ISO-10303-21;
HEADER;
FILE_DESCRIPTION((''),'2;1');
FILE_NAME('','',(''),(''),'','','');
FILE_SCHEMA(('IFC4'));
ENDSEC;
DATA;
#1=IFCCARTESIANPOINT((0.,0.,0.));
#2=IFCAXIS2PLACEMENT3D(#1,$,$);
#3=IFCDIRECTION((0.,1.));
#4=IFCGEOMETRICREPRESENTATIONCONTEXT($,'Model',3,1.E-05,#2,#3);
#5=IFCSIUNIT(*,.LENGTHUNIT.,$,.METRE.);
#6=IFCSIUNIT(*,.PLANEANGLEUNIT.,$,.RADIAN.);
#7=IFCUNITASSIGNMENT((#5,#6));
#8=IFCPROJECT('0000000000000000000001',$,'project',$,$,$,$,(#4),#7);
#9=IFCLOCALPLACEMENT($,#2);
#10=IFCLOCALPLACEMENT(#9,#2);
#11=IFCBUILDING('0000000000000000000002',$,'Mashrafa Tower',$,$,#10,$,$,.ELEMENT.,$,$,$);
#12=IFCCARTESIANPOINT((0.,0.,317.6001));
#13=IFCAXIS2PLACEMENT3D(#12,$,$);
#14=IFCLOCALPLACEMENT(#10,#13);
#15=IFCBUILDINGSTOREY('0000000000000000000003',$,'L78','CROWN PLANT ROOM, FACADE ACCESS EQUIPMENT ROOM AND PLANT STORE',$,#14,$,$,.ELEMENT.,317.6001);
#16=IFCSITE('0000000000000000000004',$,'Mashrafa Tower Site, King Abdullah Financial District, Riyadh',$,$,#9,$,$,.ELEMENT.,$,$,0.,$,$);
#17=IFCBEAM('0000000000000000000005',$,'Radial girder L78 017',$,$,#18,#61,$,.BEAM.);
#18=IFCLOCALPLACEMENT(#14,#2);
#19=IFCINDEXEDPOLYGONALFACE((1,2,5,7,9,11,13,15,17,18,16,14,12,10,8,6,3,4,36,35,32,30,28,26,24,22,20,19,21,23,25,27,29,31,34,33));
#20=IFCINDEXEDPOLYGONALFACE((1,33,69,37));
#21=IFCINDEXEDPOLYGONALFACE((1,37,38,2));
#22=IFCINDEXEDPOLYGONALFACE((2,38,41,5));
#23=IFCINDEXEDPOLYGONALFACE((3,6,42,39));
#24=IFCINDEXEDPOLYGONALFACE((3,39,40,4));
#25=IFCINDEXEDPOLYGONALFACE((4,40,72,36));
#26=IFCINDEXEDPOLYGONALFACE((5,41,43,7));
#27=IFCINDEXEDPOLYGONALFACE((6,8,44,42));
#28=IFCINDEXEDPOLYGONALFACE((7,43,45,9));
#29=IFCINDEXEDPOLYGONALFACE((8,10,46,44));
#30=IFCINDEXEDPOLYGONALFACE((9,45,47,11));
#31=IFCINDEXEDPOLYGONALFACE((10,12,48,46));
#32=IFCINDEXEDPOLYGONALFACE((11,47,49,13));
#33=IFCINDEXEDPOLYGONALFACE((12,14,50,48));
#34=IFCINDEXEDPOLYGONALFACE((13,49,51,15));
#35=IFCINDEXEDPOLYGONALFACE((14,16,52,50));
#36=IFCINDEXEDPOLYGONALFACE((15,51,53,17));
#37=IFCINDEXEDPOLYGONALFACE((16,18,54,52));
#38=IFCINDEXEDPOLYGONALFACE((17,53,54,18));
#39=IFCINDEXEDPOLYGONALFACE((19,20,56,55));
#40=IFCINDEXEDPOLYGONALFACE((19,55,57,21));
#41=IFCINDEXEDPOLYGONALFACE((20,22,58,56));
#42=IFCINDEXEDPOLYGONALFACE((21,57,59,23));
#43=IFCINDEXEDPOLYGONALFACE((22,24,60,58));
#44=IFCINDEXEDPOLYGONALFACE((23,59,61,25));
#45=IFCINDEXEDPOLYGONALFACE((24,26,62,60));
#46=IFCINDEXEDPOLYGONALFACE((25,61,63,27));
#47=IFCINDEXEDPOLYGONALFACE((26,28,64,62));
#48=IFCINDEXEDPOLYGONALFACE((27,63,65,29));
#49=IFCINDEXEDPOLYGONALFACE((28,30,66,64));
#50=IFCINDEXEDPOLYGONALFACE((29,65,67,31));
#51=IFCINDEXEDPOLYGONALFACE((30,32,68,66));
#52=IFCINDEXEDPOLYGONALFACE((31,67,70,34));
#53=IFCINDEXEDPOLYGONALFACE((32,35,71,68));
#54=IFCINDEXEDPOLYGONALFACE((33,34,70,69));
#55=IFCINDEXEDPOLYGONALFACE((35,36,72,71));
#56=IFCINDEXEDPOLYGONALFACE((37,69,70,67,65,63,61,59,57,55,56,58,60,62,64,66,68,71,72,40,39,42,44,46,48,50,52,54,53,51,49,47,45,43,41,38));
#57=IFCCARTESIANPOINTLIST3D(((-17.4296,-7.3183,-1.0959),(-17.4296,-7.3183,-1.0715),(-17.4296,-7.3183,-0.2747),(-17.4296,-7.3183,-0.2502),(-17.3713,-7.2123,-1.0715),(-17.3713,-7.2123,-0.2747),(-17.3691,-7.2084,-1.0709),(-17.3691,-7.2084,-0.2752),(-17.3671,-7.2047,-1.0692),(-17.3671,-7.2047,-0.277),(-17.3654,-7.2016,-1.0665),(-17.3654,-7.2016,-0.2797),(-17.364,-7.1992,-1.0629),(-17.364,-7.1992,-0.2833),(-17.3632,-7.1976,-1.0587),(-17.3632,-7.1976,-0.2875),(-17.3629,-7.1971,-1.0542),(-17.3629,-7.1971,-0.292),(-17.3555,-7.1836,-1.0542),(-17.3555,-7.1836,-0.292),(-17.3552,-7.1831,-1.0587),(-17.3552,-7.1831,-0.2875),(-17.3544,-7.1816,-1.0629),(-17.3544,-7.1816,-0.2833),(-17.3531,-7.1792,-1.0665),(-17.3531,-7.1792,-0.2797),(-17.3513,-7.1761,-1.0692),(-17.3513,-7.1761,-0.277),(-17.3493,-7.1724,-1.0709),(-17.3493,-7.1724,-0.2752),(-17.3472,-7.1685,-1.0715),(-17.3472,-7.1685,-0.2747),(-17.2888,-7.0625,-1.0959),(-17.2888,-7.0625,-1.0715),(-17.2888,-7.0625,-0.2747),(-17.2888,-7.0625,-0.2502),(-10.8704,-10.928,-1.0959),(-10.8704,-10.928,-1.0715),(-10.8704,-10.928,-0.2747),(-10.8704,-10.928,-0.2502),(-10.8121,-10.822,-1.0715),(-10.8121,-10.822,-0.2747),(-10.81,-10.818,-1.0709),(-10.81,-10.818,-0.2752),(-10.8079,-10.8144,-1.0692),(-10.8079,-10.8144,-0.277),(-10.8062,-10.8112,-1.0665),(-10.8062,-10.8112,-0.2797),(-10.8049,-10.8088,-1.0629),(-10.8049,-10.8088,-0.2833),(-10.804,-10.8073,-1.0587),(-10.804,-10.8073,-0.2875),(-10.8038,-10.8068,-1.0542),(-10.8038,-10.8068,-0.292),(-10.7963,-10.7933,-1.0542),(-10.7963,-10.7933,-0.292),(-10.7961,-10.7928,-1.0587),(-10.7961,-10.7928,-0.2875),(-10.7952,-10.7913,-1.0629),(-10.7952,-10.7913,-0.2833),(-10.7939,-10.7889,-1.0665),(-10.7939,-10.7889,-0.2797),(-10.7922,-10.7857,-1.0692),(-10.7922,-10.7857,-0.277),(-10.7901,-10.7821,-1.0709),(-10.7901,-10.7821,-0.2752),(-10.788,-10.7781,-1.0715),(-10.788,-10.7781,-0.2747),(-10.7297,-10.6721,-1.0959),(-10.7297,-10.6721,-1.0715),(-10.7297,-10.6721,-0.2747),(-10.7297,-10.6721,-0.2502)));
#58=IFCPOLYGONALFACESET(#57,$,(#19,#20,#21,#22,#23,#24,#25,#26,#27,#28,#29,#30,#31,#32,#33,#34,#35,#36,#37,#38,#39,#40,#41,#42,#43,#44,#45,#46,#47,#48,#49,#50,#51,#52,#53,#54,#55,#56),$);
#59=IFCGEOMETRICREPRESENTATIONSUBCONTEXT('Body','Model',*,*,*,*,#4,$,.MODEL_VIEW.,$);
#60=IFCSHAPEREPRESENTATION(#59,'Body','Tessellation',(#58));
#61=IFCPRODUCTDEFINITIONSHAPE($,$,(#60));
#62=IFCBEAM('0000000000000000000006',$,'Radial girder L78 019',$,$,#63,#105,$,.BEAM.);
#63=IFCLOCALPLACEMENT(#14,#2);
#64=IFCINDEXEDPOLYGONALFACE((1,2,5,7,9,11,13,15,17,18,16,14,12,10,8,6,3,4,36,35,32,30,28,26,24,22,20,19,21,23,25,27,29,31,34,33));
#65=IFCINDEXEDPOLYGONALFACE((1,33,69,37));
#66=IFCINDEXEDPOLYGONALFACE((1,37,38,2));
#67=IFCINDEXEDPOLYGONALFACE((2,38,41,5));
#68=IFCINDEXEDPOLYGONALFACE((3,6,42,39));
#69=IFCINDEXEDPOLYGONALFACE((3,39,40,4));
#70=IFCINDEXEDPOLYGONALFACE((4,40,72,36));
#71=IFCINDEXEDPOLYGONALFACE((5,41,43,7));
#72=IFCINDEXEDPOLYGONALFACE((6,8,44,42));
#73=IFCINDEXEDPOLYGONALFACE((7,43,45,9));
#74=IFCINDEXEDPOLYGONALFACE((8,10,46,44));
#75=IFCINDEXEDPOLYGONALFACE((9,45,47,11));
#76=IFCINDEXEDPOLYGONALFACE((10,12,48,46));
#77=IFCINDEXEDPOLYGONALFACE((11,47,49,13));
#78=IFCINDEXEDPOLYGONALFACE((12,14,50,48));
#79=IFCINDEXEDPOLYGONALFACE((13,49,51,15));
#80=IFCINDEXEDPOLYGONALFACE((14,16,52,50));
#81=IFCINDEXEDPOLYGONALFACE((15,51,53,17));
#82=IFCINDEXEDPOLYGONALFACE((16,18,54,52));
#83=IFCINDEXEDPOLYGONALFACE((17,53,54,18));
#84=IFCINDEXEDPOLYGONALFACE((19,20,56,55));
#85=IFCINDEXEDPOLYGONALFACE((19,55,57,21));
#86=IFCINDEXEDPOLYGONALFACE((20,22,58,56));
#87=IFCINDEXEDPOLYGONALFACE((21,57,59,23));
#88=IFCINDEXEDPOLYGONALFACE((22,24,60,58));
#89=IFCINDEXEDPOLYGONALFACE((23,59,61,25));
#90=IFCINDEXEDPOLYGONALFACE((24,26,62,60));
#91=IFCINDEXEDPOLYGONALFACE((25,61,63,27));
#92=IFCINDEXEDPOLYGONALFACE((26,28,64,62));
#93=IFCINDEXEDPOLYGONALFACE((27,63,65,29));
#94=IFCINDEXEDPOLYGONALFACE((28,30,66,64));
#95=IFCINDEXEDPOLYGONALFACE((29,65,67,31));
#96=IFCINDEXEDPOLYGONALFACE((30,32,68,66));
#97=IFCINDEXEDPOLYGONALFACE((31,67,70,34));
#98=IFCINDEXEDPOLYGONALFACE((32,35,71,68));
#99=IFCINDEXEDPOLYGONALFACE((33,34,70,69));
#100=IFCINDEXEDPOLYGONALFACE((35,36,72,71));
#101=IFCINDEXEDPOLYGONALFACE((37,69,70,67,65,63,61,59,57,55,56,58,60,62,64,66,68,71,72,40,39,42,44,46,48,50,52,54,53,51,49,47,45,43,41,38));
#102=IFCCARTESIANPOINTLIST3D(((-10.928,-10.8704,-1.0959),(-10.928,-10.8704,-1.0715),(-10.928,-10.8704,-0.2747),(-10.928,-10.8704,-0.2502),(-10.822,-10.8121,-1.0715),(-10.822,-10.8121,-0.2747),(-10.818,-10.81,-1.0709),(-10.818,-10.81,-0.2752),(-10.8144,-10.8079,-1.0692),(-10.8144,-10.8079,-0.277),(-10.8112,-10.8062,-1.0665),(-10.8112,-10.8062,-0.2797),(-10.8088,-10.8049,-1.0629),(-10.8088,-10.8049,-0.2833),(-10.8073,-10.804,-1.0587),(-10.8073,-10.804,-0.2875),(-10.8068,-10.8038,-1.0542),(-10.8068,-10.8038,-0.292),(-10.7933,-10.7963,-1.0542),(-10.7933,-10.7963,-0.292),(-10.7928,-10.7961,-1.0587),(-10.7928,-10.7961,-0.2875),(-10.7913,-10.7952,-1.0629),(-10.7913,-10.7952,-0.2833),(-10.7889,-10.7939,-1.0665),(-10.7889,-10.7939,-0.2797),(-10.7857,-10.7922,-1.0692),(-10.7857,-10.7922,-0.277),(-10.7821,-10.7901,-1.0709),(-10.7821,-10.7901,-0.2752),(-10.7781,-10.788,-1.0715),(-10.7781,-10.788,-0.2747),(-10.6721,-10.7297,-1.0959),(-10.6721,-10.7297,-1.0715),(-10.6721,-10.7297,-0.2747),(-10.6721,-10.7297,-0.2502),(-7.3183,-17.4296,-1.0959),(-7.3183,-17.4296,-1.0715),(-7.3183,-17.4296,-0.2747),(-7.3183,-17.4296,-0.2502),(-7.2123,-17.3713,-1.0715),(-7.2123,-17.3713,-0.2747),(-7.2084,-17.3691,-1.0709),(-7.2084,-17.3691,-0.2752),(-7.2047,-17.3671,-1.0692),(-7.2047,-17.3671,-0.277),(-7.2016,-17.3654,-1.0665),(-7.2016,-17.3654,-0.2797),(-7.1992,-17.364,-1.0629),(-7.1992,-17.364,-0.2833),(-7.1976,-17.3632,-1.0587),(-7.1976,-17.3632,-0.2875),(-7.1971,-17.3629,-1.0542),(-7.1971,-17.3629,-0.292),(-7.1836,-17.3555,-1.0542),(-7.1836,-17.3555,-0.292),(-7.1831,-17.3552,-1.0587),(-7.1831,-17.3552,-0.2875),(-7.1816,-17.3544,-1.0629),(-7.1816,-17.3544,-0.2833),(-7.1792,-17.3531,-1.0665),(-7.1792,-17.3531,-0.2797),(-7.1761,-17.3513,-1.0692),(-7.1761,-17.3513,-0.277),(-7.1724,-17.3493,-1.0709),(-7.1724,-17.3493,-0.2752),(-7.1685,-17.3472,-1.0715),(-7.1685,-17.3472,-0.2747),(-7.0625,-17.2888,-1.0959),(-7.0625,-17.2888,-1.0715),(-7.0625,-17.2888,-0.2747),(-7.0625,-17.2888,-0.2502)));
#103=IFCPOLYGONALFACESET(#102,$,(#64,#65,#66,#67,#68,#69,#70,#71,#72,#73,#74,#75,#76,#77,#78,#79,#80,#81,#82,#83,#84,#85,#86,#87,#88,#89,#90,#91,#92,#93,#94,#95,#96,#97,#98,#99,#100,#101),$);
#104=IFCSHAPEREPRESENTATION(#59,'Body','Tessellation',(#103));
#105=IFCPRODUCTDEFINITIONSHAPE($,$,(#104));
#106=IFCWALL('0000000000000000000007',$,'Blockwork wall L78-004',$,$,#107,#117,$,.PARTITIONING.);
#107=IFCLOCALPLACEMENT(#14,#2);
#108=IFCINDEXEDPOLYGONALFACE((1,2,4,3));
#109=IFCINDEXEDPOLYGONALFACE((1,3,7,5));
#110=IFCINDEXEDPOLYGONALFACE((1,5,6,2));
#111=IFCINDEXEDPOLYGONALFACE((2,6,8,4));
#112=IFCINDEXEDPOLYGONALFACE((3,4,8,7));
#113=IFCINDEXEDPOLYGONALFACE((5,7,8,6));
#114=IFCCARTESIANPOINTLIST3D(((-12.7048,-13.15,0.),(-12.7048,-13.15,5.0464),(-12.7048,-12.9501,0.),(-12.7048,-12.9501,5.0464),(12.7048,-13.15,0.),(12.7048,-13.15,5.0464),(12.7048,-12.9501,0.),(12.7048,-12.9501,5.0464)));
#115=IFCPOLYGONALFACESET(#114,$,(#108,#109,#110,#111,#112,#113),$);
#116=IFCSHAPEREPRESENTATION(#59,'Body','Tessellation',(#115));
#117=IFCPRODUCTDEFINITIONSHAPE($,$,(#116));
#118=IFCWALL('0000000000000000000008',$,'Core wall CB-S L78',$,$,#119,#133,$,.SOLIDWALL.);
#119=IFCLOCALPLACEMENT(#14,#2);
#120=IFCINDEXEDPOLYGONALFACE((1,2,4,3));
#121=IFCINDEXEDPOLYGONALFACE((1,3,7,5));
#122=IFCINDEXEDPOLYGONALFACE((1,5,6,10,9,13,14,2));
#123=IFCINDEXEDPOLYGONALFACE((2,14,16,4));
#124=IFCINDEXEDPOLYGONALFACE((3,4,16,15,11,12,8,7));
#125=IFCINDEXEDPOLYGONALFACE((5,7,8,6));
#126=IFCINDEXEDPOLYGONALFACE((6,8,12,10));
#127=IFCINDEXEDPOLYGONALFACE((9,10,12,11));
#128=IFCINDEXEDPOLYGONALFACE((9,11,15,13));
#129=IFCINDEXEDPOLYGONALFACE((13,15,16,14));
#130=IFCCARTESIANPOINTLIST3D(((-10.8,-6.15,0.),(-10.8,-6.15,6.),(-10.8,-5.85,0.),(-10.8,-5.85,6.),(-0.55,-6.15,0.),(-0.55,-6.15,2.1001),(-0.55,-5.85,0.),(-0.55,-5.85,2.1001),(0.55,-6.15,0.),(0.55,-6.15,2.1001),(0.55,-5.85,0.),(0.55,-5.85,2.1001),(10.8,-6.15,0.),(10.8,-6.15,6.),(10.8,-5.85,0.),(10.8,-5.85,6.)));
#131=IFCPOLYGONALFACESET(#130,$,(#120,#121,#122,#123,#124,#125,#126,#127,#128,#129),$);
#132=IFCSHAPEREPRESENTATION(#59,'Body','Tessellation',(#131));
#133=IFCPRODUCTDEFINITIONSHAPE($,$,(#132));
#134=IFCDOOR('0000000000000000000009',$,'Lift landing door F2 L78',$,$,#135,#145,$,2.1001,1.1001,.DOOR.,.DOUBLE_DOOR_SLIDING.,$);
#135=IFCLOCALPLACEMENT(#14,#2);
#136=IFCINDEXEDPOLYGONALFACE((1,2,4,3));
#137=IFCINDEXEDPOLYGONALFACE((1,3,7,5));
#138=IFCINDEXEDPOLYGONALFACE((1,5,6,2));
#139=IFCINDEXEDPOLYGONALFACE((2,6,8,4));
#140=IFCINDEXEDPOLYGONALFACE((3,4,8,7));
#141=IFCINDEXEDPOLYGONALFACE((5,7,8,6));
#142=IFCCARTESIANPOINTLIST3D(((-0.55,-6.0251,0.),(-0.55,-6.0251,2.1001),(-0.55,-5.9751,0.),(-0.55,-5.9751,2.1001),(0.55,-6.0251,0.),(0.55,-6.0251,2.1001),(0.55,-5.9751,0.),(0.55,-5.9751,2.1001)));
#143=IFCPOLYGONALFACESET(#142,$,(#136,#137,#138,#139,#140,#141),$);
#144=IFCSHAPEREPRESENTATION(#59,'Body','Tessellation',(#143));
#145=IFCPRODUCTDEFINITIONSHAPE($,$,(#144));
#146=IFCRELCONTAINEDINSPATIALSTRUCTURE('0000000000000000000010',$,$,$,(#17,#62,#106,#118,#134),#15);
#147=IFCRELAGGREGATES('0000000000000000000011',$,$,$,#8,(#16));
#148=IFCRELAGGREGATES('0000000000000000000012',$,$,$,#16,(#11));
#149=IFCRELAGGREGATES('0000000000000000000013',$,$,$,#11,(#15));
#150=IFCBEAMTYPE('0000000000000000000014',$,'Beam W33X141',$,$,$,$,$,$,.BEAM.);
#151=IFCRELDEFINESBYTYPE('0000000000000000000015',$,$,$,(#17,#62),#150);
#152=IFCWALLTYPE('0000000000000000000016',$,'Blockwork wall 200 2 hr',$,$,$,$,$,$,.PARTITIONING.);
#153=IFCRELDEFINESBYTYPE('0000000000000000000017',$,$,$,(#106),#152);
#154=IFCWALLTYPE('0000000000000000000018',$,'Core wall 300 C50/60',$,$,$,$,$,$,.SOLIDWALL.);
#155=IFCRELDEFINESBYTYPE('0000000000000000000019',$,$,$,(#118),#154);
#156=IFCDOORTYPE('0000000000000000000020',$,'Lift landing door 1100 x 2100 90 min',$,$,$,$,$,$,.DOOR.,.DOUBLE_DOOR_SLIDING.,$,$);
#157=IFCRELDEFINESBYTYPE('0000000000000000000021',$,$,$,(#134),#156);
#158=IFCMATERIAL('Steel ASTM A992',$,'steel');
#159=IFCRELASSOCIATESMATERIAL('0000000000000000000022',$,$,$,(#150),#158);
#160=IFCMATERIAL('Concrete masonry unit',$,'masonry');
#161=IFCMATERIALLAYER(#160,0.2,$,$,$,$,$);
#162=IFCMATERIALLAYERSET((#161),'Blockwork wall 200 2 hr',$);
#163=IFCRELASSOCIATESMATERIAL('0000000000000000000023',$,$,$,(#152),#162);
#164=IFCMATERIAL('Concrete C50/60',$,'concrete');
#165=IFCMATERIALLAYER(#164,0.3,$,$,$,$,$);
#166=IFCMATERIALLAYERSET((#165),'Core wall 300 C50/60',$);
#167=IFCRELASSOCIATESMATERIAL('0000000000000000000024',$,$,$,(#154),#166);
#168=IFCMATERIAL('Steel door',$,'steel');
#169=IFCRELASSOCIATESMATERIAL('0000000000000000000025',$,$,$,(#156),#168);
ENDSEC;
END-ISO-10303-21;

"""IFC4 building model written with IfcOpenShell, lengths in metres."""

from ifc_helpers import new_model, si_unit, direction, frame, frame_2d, origin, origin_2d, place, context, subcontext, project, spatial, rectangle, i_section, extrude, material, layer, layer_set, material_profile, profile_set, type_object, element, fill, save


model = new_model("IFC4")

# Units and contexts
model_context = context("Model", 3, precision=1e-05, world=origin(), true_north=direction((0.0, 1.0)))
body_context = subcontext(model_context, "Body", "Model", "MODEL_VIEW")
ifc_project = project(units=[si_unit("LENGTHUNIT", "METRE"), si_unit("PLANEANGLEUNIT", "RADIAN")], contexts=[model_context])

# Site, building, storey
site_placement = place(None, origin())
site = spatial("IfcSite", under=ifc_project, at=site_placement, Name="Mashrafa Tower Site, King Abdullah Financial District, Riyadh", CompositionType="ELEMENT", RefElevation=0.0)
building_placement = place(site_placement, origin())
building = spatial("IfcBuilding", under=site, at=building_placement, Name="Mashrafa Tower", CompositionType="ELEMENT")
storey_placement = place(building_placement, frame((0.0, 0.0, 317.6001)))
storey = spatial("IfcBuildingStorey", under=building, at=storey_placement, Name="L78", Description="CROWN PLANT ROOM, FACADE ACCESS EQUIPMENT ROOM AND PLANT STORE", CompositionType="ELEMENT", Elevation=317.6001)

# Beams
ifc_material_1 = material(Name="Steel ASTM A992", Category="steel")
ifc_material_profile_1 = material_profile(ifc_material_1, i_section(OverallWidth=0.292, OverallDepth=0.8457, WebThickness=0.0154, FlangeThickness=0.0244, FilletRadius=0.0173, at=origin_2d()), Name="W33X141")
ifc_profile_set_1 = profile_set([ifc_material_profile_1], Name="Steel ASTM A992")
beam_type_1 = type_object("IfcBeamType", Name="Beam W33X141", PredefinedType="BEAM", material=ifc_profile_set_1)
for number, where, z_axis, x_axis, name in (
    (1, (-10.8, -10.8, -0.6731), (-0.876096, 0.482137, 0.0), (-0.482137, -0.876096, 0.0), "Radial girder L78 017"),
    (2, (-10.8, -10.8, -0.6731), (0.482137, -0.876096, 0.0), (0.876096, 0.482137, 0.0), "Radial girder L78 019"),
):
    element("IfcBeam", number, at=place(storey_placement, frame(where, z_axis=z_axis, x_axis=x_axis)), inside=storey, type_object=beam_type_1, Name=name, PredefinedType="BEAM", context=body_context, shape_type="SweptSolid", body=[
        extrude(i_section(OverallWidth=0.292, OverallDepth=0.8457, WebThickness=0.0154, FlangeThickness=0.0244, FilletRadius=0.0173, at=origin_2d()), origin(), (0.0, 0.0, 1.0), 7.4868),
    ])

# Wall
ifc_material_2 = material(Name="Concrete masonry unit", Category="masonry")
ifc_layer_1 = layer(ifc_material_2, 0.2)
ifc_layer_set_1 = layer_set([ifc_layer_1], Name="Blockwork wall 200 2 hr")
wall_type_1 = type_object("IfcWallType", Name="Blockwork wall 200 2 hr", PredefinedType="PARTITIONING", material=ifc_layer_set_1)
wall_1_placement = place(storey_placement, frame((-12.7048, -13.05, 0.0), z_axis=(0.0, 0.0, 1.0), x_axis=(1.0, 0.0, 0.0)))
element("IfcWall", 3, at=wall_1_placement, inside=storey, type_object=wall_type_1, Name="Blockwork wall L78-004", PredefinedType="PARTITIONING", context=body_context, shape_type="SweptSolid", body=[
    extrude(rectangle(XDim=25.4097, YDim=0.2, at=frame_2d((12.7048, 0.0))), origin(), (0.0, 0.0, 1.0), 5.0464),
])

# Wall, opening, door
ifc_material_3 = material(Name="Concrete C50/60", Category="concrete")
ifc_layer_2 = layer(ifc_material_3, 0.3)
ifc_layer_set_2 = layer_set([ifc_layer_2], Name="Core wall 300 C50/60")
wall_type_2 = type_object("IfcWallType", Name="Core wall 300 C50/60", PredefinedType="SOLIDWALL", material=ifc_layer_set_2)
wall_2_placement = place(storey_placement, frame((-10.8, -6.0, 0.0), z_axis=(0.0, 0.0, 1.0), x_axis=(1.0, 0.0, 0.0)))
wall_2 = element("IfcWall", 4, at=wall_2_placement, inside=storey, type_object=wall_type_2, Name="Core wall CB-S L78", PredefinedType="SOLIDWALL", context=body_context, shape_type="SweptSolid", body=[
    extrude(rectangle(XDim=21.6001, YDim=0.3, at=frame_2d((10.8, 0.0))), origin(), (0.0, 0.0, 1.0), 6.0),
])
opening_1_placement = place(wall_2_placement, frame((10.25, 0.0, 0.0)))
opening_1 = element("IfcOpeningElement", 5, at=opening_1_placement, cuts=wall_2, PredefinedType="OPENING", context=body_context, shape_type="SweptSolid", body=[
    extrude(rectangle(XDim=1.1001, YDim=2.1001, at=frame_2d((0.55, 1.05))), frame((0.0, 0.1599, 0.0), z_axis=(0.0, -1.0, 0.0), x_axis=(1.0, 0.0, 0.0)), (0.0, 0.0, 1.0), 0.3201),
])
ifc_material_4 = material(Name="Steel door", Category="steel")
door_type_1 = type_object("IfcDoorType", Name="Lift landing door 1100 x 2100 90 min", OperationType="DOUBLE_DOOR_SLIDING", PredefinedType="DOOR", material=ifc_material_4)
door_1_placement = place(opening_1_placement, origin())
door_1 = element("IfcDoor", 6, at=door_1_placement, inside=storey, type_object=door_type_1, Name="Lift landing door F2 L78", OperationType="DOUBLE_DOOR_SLIDING", OverallHeight=2.1001, OverallWidth=1.1001, PredefinedType="DOOR", context=body_context, shape_type="SweptSolid", body=[
    extrude(rectangle(XDim=1.1001, YDim=2.1001, at=frame_2d((0.55, 1.05))), frame((0.0, 0.0249, 0.0), z_axis=(0.0, -1.0, 0.0), x_axis=(1.0, 0.0, 0.0)), (0.0, 0.0, 1.0), 0.05),
])
fill(opening_1, door_1)

save(model, "model.ifc")
